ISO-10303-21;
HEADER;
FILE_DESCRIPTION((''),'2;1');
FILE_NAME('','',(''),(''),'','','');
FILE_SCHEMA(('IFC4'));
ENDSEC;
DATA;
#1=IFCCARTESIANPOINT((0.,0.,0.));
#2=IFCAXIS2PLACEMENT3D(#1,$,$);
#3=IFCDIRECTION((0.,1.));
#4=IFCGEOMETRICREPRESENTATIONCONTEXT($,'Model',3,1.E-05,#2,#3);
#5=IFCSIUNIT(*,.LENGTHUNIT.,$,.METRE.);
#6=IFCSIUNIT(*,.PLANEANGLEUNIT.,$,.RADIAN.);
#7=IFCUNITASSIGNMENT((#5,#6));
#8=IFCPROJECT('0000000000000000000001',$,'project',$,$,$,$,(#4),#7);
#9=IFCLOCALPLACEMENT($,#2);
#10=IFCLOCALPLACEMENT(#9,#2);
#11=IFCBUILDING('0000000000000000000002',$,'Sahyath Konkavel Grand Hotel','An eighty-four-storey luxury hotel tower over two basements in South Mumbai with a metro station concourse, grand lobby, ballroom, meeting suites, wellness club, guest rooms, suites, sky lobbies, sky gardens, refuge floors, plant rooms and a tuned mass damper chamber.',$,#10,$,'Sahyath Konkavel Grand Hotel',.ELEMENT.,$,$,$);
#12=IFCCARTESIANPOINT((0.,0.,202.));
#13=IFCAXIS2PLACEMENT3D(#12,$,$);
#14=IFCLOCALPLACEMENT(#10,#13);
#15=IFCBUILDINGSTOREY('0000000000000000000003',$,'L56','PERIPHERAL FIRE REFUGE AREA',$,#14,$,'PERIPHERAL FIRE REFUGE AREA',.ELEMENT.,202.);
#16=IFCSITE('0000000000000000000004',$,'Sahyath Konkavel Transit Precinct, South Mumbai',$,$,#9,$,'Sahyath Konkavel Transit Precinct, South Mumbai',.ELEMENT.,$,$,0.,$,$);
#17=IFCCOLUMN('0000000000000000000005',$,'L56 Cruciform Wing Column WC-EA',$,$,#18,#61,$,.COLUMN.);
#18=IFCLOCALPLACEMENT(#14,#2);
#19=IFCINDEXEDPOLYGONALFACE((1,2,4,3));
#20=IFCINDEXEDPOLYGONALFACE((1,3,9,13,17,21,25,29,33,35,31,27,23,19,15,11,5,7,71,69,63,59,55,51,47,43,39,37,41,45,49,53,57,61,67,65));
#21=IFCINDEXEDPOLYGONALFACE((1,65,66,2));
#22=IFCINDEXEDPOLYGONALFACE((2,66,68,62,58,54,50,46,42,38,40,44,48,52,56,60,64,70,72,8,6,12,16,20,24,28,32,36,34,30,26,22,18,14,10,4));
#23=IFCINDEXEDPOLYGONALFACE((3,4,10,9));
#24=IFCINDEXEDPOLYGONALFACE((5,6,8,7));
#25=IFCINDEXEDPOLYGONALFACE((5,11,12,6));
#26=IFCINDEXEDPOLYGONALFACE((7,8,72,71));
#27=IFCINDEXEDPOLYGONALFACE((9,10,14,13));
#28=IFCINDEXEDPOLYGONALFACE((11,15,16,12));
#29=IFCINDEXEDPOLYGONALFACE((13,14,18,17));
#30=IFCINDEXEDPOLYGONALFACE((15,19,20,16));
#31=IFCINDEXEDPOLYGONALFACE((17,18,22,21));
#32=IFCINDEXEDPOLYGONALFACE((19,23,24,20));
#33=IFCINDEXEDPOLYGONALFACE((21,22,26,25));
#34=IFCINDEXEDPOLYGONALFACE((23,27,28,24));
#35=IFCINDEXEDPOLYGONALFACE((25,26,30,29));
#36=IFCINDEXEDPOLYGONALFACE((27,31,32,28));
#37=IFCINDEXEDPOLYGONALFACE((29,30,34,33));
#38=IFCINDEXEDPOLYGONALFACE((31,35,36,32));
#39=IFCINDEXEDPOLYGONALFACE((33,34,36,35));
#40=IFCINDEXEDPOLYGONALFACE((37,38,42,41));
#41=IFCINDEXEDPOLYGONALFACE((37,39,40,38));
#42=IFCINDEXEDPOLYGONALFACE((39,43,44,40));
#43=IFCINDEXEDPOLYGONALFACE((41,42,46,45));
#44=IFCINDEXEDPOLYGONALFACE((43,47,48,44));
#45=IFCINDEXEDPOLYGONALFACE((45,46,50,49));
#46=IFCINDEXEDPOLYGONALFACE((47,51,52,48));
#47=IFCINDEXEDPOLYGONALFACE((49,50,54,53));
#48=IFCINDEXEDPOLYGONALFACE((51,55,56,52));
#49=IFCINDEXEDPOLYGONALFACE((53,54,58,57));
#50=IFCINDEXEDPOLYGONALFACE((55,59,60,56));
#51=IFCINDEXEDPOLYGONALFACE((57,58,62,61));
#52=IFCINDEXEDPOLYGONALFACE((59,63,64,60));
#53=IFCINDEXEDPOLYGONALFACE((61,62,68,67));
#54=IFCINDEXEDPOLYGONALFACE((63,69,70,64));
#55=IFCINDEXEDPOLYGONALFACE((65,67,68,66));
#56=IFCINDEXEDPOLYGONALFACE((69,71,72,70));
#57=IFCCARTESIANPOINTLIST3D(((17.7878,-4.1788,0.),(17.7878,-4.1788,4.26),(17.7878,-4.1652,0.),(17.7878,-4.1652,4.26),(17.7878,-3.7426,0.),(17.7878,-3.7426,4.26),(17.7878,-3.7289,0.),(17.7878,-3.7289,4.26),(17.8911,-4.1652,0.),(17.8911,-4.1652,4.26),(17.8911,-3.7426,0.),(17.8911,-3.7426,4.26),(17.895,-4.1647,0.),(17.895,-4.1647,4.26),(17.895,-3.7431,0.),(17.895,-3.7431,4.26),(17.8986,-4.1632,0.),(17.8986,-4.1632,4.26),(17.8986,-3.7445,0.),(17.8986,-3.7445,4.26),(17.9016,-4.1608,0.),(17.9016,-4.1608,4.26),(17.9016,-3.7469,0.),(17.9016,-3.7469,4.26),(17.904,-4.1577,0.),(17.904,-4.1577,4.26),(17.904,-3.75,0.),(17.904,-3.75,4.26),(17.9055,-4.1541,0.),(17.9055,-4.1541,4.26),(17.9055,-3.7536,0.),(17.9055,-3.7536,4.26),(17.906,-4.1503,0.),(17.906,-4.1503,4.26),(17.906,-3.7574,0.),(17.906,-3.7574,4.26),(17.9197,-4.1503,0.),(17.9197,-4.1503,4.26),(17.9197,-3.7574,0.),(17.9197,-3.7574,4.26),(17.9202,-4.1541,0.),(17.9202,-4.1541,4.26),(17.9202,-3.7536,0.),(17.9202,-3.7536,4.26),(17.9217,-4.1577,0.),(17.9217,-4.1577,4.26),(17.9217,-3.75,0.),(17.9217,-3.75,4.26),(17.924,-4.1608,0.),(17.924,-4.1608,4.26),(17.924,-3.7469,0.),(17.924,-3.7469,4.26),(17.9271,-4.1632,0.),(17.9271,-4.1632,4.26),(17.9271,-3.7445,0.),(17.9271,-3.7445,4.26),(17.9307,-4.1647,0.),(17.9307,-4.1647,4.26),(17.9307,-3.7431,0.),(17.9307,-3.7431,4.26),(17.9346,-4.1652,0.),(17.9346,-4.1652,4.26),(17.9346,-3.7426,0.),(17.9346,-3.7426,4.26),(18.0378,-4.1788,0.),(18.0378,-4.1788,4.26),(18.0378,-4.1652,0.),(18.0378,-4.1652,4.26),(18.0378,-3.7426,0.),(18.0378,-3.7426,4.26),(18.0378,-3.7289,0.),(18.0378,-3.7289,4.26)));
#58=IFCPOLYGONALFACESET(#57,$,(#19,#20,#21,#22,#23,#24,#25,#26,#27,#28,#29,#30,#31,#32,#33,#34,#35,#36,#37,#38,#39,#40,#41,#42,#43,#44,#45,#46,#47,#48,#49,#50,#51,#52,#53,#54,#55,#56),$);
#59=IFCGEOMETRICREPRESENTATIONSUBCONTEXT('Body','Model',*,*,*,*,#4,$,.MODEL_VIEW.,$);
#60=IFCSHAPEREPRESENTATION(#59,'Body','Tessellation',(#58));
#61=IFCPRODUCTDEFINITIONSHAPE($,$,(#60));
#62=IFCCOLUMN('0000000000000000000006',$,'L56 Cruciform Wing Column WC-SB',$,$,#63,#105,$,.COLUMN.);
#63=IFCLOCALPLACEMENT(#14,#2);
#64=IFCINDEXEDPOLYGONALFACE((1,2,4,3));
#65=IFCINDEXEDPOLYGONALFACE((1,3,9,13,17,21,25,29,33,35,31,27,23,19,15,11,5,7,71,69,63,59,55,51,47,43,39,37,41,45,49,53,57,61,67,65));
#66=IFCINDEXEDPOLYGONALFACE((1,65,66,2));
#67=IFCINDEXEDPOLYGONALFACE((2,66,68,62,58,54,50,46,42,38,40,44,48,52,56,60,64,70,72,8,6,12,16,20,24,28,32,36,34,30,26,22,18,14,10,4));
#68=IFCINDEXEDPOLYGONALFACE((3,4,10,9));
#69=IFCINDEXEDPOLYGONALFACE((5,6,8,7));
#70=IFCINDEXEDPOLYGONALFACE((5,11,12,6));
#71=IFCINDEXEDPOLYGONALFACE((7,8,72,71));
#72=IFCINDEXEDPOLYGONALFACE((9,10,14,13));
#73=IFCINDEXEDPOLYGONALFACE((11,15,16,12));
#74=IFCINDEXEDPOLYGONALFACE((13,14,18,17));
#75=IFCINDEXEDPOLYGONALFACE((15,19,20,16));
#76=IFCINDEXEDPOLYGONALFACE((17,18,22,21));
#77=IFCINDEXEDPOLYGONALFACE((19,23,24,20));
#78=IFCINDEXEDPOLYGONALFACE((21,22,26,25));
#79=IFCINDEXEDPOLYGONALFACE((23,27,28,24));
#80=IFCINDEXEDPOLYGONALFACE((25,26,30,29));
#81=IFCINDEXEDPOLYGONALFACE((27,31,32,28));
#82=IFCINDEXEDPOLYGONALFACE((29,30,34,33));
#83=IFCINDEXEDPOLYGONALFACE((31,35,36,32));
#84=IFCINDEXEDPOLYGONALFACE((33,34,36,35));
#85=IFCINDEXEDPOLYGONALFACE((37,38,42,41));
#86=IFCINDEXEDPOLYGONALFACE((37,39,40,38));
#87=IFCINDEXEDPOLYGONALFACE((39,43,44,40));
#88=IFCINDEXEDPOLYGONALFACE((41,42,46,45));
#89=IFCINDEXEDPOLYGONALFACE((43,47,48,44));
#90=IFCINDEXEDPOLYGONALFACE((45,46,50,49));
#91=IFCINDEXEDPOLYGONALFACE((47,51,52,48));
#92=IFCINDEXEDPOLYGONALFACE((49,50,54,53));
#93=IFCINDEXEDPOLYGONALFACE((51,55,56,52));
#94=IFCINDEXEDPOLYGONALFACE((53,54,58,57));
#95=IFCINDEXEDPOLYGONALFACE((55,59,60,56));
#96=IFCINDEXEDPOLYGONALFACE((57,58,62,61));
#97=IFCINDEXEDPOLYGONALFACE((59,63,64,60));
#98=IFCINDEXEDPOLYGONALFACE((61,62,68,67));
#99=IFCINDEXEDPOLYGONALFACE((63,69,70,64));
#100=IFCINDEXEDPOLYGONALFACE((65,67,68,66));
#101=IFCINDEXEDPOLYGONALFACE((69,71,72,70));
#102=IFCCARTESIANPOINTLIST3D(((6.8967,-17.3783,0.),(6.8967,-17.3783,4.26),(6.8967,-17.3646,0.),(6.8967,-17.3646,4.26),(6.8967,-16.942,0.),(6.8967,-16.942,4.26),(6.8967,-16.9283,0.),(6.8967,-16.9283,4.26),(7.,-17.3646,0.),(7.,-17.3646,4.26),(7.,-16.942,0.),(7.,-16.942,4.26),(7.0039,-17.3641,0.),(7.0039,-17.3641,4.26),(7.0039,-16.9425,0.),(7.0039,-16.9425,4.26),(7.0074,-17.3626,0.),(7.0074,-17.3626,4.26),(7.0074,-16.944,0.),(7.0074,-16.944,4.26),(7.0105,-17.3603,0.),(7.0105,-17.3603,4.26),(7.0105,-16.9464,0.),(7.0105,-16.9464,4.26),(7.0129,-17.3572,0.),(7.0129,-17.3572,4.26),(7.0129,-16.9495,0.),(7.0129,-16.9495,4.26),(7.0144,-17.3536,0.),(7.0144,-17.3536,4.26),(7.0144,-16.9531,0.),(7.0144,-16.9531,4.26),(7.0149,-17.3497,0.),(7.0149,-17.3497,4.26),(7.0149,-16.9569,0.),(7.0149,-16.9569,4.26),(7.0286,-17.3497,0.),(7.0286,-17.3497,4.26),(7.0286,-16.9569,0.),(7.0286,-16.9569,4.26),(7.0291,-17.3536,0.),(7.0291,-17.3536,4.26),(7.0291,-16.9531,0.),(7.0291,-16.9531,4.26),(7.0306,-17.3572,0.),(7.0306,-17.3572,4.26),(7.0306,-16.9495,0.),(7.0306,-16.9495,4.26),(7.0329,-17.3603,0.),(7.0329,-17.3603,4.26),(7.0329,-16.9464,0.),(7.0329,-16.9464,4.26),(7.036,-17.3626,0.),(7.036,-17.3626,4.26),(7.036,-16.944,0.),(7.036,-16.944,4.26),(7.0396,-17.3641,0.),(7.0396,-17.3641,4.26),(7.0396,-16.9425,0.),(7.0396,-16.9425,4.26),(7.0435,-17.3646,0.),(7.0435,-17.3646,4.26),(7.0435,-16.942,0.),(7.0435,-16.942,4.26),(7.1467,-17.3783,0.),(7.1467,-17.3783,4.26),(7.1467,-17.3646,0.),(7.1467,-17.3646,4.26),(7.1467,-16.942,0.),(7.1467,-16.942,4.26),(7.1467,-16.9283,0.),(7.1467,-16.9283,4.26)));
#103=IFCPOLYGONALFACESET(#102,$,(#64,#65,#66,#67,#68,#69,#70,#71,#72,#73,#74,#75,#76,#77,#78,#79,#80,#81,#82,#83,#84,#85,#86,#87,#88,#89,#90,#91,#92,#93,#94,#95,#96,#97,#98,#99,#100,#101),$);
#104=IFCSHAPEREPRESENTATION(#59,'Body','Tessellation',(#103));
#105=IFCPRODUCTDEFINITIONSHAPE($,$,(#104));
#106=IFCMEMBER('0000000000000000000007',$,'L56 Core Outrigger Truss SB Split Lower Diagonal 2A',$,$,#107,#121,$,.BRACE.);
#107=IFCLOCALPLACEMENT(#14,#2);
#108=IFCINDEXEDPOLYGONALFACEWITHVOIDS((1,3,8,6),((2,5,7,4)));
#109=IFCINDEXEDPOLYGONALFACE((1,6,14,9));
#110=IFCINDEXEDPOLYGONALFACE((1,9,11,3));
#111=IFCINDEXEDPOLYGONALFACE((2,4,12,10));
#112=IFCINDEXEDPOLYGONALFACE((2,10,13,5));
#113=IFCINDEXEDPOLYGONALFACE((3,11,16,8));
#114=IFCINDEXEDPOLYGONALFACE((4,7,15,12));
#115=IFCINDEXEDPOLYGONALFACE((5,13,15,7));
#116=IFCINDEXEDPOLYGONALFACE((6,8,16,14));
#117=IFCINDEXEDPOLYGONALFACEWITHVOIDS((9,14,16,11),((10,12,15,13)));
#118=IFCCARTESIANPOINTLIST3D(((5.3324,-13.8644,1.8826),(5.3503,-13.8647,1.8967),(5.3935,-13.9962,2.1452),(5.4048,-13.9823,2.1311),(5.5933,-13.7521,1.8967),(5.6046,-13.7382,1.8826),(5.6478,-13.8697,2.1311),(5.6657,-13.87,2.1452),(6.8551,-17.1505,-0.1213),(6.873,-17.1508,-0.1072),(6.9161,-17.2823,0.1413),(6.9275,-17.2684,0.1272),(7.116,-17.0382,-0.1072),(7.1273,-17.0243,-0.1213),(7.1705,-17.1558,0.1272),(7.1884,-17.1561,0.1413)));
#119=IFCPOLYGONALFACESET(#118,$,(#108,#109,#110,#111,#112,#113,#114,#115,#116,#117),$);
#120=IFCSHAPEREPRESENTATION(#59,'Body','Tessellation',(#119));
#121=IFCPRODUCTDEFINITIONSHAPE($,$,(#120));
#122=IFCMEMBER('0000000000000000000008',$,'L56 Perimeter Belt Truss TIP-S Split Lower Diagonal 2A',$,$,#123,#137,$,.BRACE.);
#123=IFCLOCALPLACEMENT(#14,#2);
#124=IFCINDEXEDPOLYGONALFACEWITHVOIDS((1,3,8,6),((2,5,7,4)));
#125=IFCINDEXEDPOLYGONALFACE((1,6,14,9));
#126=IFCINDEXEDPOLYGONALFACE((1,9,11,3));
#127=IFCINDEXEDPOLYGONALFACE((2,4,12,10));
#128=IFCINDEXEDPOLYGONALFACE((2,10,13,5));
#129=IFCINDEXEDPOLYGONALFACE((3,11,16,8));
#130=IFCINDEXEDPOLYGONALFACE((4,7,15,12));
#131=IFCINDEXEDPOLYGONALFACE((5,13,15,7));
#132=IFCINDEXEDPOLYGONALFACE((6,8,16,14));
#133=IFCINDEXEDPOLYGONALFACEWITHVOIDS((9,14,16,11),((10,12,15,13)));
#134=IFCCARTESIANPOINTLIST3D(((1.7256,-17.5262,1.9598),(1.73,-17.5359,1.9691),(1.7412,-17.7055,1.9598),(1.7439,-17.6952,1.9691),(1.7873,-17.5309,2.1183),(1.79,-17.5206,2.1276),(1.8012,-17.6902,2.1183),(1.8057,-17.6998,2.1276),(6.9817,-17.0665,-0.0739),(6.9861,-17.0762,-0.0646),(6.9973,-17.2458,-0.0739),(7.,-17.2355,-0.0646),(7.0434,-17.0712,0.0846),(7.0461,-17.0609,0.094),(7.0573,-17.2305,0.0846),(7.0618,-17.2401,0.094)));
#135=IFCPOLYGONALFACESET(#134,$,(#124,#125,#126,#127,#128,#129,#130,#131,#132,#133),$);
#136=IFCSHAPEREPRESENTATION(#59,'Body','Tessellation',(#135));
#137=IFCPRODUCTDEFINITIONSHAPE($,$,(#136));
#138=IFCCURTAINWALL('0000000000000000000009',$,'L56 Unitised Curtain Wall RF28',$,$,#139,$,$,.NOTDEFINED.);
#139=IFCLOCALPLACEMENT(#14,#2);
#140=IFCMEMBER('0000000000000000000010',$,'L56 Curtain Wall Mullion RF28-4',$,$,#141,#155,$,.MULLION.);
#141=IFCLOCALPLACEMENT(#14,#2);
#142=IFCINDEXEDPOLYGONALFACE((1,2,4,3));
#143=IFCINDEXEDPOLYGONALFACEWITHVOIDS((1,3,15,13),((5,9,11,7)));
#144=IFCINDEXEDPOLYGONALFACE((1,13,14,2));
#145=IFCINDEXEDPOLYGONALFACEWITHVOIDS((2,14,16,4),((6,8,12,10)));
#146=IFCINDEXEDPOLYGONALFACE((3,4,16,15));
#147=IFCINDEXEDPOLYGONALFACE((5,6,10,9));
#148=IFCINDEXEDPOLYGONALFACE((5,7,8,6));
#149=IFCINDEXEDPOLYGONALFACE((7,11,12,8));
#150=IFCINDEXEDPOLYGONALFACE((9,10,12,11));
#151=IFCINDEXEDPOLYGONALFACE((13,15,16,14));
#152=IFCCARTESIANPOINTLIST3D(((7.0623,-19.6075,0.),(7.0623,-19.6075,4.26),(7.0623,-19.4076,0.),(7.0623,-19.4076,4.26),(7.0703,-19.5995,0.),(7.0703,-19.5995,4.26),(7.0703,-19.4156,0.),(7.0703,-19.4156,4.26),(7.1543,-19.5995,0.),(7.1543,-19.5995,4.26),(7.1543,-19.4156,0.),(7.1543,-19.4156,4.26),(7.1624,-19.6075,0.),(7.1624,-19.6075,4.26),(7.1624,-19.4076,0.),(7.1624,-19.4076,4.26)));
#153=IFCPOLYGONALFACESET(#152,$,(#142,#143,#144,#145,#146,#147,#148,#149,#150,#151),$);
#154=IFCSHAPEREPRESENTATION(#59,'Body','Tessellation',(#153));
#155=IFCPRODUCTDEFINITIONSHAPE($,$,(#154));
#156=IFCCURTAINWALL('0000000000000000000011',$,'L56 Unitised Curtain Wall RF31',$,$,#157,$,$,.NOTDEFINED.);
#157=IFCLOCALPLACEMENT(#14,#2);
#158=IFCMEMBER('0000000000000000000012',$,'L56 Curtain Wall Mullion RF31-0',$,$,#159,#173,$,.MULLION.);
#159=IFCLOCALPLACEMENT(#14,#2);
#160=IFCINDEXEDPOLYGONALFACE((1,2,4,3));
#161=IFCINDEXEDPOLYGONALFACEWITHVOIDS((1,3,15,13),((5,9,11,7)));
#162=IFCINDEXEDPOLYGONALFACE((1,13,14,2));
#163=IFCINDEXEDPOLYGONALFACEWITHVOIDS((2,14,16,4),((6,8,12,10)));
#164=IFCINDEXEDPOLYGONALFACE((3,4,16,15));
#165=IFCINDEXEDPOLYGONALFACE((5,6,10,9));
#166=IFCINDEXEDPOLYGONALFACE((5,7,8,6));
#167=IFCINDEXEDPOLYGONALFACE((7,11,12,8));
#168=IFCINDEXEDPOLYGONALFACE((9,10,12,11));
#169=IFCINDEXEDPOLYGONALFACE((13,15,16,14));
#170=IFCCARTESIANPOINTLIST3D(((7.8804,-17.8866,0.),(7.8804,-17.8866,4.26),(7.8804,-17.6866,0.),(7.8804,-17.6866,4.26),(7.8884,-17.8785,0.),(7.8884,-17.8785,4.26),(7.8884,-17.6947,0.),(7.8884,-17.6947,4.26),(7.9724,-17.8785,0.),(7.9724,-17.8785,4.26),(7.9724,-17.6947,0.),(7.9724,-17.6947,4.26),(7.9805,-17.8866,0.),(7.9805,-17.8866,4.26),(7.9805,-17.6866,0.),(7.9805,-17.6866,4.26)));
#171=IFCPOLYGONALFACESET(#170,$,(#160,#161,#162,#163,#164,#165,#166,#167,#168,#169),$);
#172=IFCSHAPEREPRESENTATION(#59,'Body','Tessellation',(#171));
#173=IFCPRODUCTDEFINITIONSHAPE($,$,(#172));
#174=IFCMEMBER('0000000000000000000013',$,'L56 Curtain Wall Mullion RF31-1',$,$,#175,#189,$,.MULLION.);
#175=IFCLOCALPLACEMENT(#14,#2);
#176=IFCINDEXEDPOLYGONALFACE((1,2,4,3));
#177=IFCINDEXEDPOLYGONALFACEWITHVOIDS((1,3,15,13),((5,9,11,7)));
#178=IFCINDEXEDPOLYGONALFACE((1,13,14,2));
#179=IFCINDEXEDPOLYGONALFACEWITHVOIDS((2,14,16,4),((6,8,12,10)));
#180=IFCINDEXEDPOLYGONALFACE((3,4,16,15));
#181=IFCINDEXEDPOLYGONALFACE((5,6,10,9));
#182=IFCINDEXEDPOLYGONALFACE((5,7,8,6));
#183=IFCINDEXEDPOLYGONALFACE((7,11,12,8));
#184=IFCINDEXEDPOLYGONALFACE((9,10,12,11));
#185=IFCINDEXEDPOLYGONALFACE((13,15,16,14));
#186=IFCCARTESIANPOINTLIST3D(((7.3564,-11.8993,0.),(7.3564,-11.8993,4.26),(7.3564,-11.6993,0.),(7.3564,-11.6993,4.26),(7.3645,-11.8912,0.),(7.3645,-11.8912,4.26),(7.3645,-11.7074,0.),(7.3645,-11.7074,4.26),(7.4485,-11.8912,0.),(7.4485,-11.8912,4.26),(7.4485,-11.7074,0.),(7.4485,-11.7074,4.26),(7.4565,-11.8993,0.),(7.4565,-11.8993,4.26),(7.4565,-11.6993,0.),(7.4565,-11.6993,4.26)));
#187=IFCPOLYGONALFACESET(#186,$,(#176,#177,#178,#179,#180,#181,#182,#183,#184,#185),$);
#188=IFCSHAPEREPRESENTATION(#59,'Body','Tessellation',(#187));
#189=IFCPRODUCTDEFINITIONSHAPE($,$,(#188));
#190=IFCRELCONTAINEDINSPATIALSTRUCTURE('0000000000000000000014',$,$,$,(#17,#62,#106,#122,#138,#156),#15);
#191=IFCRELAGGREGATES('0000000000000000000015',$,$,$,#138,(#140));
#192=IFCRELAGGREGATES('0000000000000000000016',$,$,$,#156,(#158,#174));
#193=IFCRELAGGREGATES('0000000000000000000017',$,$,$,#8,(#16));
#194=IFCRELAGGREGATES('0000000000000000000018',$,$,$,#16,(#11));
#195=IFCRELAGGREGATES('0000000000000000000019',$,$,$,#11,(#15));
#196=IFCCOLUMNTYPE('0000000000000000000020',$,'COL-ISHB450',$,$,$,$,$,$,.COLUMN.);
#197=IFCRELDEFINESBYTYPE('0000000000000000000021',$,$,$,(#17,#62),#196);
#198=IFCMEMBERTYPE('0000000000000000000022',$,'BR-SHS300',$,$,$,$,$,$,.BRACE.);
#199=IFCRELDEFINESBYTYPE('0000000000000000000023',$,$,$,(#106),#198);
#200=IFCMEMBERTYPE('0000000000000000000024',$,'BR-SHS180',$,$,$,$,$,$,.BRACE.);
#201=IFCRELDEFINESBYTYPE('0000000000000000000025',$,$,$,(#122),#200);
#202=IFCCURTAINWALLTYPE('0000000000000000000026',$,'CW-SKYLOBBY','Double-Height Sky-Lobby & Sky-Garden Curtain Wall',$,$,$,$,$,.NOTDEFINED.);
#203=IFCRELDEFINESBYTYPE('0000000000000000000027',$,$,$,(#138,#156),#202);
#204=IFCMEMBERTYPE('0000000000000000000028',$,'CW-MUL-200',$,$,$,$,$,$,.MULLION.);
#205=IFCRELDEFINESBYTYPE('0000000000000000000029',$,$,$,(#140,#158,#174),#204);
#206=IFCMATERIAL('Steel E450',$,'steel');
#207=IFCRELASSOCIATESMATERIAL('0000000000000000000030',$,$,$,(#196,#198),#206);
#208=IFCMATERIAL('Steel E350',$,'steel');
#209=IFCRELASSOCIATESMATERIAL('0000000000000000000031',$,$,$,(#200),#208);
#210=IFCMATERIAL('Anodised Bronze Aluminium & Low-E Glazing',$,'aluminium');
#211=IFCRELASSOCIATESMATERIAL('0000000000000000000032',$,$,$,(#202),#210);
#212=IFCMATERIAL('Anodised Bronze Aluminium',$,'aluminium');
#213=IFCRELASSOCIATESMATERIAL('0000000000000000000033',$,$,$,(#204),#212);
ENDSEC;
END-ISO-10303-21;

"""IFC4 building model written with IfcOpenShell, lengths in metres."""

from ifc_helpers import new_model, si_unit, direction, frame, origin, origin_2d, place, context, subcontext, project, spatial, hollow_rectangle, i_section, extrude, source, transform, mapped, material, material_profile, profile_set, type_object, element, aggregate, save


model = new_model("IFC4")

# Units and contexts
model_context = context("Model", 3, precision=1e-05, world=origin(), true_north=direction((0.0, 1.0)))
body_context = subcontext(model_context, "Body", "Model", "MODEL_VIEW")
ifc_project = project(units=[si_unit("LENGTHUNIT", "METRE"), si_unit("PLANEANGLEUNIT", "RADIAN")], contexts=[model_context])

# Site, building, storey
site_placement = place(None, origin())
site = spatial("IfcSite", under=ifc_project, at=site_placement, Name="Sahyath Konkavel Transit Precinct, South Mumbai", LongName="Sahyath Konkavel Transit Precinct, South Mumbai", CompositionType="ELEMENT", RefElevation=0.0)
building_placement = place(site_placement, origin())
building = spatial("IfcBuilding", under=site, at=building_placement, Name="Sahyath Konkavel Grand Hotel", Description="An eighty-four-storey luxury hotel tower over two basements in South Mumbai with a metro station concourse, grand lobby, ballroom, meeting suites, wellness club, guest rooms, suites, sky lobbies, sky gardens, refuge floors, plant rooms and a tuned mass damper chamber.", LongName="Sahyath Konkavel Grand Hotel", CompositionType="ELEMENT")
storey_placement = place(building_placement, frame((0.0, 0.0, 202.0)))
storey = spatial("IfcBuildingStorey", under=building, at=storey_placement, Name="L56", Description="PERIPHERAL FIRE REFUGE AREA", LongName="PERIPHERAL FIRE REFUGE AREA", CompositionType="ELEMENT", Elevation=202.0)

# Columns
ifc_material_1 = material(Name="Steel E450", Category="steel")
ifc_material_profile_1 = material_profile(ifc_material_1, i_section(OverallWidth=0.25, OverallDepth=0.45, WebThickness=0.0137, FlangeThickness=0.0137, FilletRadius=0.0149, at=origin_2d()), Name="ISHB 450")
ifc_profile_set_1 = profile_set([ifc_material_profile_1], Name="Steel E450")
column_type = type_object("IfcColumnType", Name="COL-ISHB450", PredefinedType="COLUMN", material=ifc_profile_set_1)
shared_shape_1 = source(origin(), body_context, "Body", "SweptSolid", [
    extrude(i_section(OverallWidth=0.25, OverallDepth=0.45, WebThickness=0.0137, FlangeThickness=0.0137, FilletRadius=0.0149, at=origin_2d()), origin(), (0.0, 0.0, 1.0), 4.26),
])
for number, where, z_axis, x_axis, name in (
    (1, (17.9128, -3.9539, 0.0), (0.0, 0.0, 1.0), (1.0, 0.0, 0.0), "L56 Cruciform Wing Column WC-EA"),
    (2, (7.0217, -17.1533, 0.0), (0.0, 0.0, 1.0), (1.0, 0.0, 0.0), "L56 Cruciform Wing Column WC-SB"),
):
    element("IfcColumn", number, at=place(storey_placement, frame(where, z_axis=z_axis, x_axis=x_axis)), inside=storey, type_object=column_type, Name=name, PredefinedType="COLUMN", context=body_context, shape_type="MappedRepresentation", body=[
        mapped(shared_shape_1, transform((0.0, 0.0, 0.0), scale=1.0)),
    ])

# Members
ifc_material_profile_2 = material_profile(ifc_material_1, hollow_rectangle(XDim=0.3, YDim=0.3, WallThickness=0.0161, at=origin_2d()), Name="SHS 300x300x16")
ifc_profile_set_2 = profile_set([ifc_material_profile_2], Name="Steel E450")
member_type_1 = type_object("IfcMemberType", Name="BR-SHS300", PredefinedType="BRACE", material=ifc_profile_set_2)
shared_shape_2 = source(origin(), body_context, "Body", "SweptSolid", [
    extrude(hollow_rectangle(XDim=0.3, YDim=0.3, WallThickness=0.0161, at=origin_2d()), origin(), (0.0, 0.0, 1.0), 4.1392),
])
member_1_placement = place(storey_placement, frame((7.0217, -17.1533, 0.01), z_axis=(-0.367875, 0.793906, 0.484129), x_axis=(-0.907325, -0.42043, 0.0)))
element("IfcMember", 3, at=member_1_placement, inside=storey, type_object=member_type_1, Name="L56 Core Outrigger Truss SB Split Lower Diagonal 2A", PredefinedType="BRACE", context=body_context, shape_type="MappedRepresentation", body=[
    mapped(shared_shape_2, transform((0.0, 0.0, 0.0), scale=1.0)),
])
ifc_material_2 = material(Name="Steel E350", Category="steel")
ifc_material_profile_3 = material_profile(ifc_material_2, hollow_rectangle(XDim=0.1799, YDim=0.1799, WallThickness=0.01, at=origin_2d()), Name="SHS 180x180x10")
ifc_profile_set_3 = profile_set([ifc_material_profile_3], Name="Steel E350")
member_type_2 = type_object("IfcMemberType", Name="BR-SHS180", PredefinedType="BRACE", material=ifc_profile_set_3)
shared_shape_3 = source(origin(), body_context, "Body", "SweptSolid", [
    extrude(hollow_rectangle(XDim=0.1799, YDim=0.1799, WallThickness=0.01, at=origin_2d()), origin(), (0.0, 0.0, 1.0), 5.6545),
])
member_2_placement = place(storey_placement, frame((7.0217, -17.1533, 0.01), z_axis=(-0.929536, -0.0813, 0.359656), x_axis=(0.087131, -0.996197, 0.0)))
element("IfcMember", 4, at=member_2_placement, inside=storey, type_object=member_type_2, Name="L56 Perimeter Belt Truss TIP-S Split Lower Diagonal 2A", PredefinedType="BRACE", context=body_context, shape_type="MappedRepresentation", body=[
    mapped(shared_shape_3, transform((0.0, 0.0, 0.0), scale=1.0)),
])

# Curtain wall, member
ifc_material_3 = material(Name="Anodised Bronze Aluminium & Low-E Glazing", Category="aluminium")
curtain_wall_type = type_object("IfcCurtainWallType", Name="CW-SKYLOBBY", Description="Double-Height Sky-Lobby & Sky-Garden Curtain Wall", PredefinedType="NOTDEFINED", material=ifc_material_3)
curtain_wall_1_placement = place(storey_placement, origin())
curtain_wall_1 = element("IfcCurtainWall", 5, at=curtain_wall_1_placement, inside=storey, type_object=curtain_wall_type, Name="L56 Unitised Curtain Wall RF28", PredefinedType="NOTDEFINED")
ifc_material_4 = material(Name="Anodised Bronze Aluminium", Category="aluminium")
ifc_material_profile_4 = material_profile(ifc_material_4, hollow_rectangle(XDim=0.1001, YDim=0.2, WallThickness=0.0081, at=origin_2d()), Name="RHS 200x100x8")
ifc_profile_set_4 = profile_set([ifc_material_profile_4], Name="Anodised Bronze Aluminium")
member_type_3 = type_object("IfcMemberType", Name="CW-MUL-200", PredefinedType="MULLION", material=ifc_profile_set_4)
shared_shape_4 = source(origin(), body_context, "Body", "SweptSolid", [
    extrude(hollow_rectangle(XDim=0.1001, YDim=0.2, WallThickness=0.0081, at=origin_2d()), origin(), (0.0, 0.0, 1.0), 4.26),
])
member_3_placement = place(storey_placement, frame((7.1123, -19.5076, 0.0), z_axis=(0.0, 0.0, 1.0), x_axis=(1.0, 0.0, 0.0)))
member_3 = element("IfcMember", 6, at=member_3_placement, type_object=member_type_3, Name="L56 Curtain Wall Mullion RF28-4", PredefinedType="MULLION", context=body_context, shape_type="MappedRepresentation", body=[
    mapped(shared_shape_4, transform((0.0, 0.0, 0.0), scale=1.0)),
])
aggregate(curtain_wall_1, [member_3])

# Curtain wall, members
curtain_wall_2_placement = place(storey_placement, origin())
curtain_wall_2 = element("IfcCurtainWall", 7, at=curtain_wall_2_placement, inside=storey, type_object=curtain_wall_type, Name="L56 Unitised Curtain Wall RF31", PredefinedType="NOTDEFINED")
member_4_placement = place(storey_placement, frame((7.9304, -17.7866, 0.0), z_axis=(0.0, 0.0, 1.0), x_axis=(1.0, 0.0, 0.0)))
member_4 = element("IfcMember", 8, at=member_4_placement, type_object=member_type_3, Name="L56 Curtain Wall Mullion RF31-0", PredefinedType="MULLION", context=body_context, shape_type="MappedRepresentation", body=[
    mapped(shared_shape_4, transform((0.0, 0.0, 0.0), scale=1.0)),
])
member_5_placement = place(storey_placement, frame((7.4065, -11.7993, 0.0), z_axis=(0.0, 0.0, 1.0), x_axis=(1.0, 0.0, 0.0)))
member_5 = element("IfcMember", 9, at=member_5_placement, type_object=member_type_3, Name="L56 Curtain Wall Mullion RF31-1", PredefinedType="MULLION", context=body_context, shape_type="MappedRepresentation", body=[
    mapped(shared_shape_4, transform((0.0, 0.0, 0.0), scale=1.0)),
])

aggregate(curtain_wall_2, [member_4, member_5])

save(model, "model.ifc")
